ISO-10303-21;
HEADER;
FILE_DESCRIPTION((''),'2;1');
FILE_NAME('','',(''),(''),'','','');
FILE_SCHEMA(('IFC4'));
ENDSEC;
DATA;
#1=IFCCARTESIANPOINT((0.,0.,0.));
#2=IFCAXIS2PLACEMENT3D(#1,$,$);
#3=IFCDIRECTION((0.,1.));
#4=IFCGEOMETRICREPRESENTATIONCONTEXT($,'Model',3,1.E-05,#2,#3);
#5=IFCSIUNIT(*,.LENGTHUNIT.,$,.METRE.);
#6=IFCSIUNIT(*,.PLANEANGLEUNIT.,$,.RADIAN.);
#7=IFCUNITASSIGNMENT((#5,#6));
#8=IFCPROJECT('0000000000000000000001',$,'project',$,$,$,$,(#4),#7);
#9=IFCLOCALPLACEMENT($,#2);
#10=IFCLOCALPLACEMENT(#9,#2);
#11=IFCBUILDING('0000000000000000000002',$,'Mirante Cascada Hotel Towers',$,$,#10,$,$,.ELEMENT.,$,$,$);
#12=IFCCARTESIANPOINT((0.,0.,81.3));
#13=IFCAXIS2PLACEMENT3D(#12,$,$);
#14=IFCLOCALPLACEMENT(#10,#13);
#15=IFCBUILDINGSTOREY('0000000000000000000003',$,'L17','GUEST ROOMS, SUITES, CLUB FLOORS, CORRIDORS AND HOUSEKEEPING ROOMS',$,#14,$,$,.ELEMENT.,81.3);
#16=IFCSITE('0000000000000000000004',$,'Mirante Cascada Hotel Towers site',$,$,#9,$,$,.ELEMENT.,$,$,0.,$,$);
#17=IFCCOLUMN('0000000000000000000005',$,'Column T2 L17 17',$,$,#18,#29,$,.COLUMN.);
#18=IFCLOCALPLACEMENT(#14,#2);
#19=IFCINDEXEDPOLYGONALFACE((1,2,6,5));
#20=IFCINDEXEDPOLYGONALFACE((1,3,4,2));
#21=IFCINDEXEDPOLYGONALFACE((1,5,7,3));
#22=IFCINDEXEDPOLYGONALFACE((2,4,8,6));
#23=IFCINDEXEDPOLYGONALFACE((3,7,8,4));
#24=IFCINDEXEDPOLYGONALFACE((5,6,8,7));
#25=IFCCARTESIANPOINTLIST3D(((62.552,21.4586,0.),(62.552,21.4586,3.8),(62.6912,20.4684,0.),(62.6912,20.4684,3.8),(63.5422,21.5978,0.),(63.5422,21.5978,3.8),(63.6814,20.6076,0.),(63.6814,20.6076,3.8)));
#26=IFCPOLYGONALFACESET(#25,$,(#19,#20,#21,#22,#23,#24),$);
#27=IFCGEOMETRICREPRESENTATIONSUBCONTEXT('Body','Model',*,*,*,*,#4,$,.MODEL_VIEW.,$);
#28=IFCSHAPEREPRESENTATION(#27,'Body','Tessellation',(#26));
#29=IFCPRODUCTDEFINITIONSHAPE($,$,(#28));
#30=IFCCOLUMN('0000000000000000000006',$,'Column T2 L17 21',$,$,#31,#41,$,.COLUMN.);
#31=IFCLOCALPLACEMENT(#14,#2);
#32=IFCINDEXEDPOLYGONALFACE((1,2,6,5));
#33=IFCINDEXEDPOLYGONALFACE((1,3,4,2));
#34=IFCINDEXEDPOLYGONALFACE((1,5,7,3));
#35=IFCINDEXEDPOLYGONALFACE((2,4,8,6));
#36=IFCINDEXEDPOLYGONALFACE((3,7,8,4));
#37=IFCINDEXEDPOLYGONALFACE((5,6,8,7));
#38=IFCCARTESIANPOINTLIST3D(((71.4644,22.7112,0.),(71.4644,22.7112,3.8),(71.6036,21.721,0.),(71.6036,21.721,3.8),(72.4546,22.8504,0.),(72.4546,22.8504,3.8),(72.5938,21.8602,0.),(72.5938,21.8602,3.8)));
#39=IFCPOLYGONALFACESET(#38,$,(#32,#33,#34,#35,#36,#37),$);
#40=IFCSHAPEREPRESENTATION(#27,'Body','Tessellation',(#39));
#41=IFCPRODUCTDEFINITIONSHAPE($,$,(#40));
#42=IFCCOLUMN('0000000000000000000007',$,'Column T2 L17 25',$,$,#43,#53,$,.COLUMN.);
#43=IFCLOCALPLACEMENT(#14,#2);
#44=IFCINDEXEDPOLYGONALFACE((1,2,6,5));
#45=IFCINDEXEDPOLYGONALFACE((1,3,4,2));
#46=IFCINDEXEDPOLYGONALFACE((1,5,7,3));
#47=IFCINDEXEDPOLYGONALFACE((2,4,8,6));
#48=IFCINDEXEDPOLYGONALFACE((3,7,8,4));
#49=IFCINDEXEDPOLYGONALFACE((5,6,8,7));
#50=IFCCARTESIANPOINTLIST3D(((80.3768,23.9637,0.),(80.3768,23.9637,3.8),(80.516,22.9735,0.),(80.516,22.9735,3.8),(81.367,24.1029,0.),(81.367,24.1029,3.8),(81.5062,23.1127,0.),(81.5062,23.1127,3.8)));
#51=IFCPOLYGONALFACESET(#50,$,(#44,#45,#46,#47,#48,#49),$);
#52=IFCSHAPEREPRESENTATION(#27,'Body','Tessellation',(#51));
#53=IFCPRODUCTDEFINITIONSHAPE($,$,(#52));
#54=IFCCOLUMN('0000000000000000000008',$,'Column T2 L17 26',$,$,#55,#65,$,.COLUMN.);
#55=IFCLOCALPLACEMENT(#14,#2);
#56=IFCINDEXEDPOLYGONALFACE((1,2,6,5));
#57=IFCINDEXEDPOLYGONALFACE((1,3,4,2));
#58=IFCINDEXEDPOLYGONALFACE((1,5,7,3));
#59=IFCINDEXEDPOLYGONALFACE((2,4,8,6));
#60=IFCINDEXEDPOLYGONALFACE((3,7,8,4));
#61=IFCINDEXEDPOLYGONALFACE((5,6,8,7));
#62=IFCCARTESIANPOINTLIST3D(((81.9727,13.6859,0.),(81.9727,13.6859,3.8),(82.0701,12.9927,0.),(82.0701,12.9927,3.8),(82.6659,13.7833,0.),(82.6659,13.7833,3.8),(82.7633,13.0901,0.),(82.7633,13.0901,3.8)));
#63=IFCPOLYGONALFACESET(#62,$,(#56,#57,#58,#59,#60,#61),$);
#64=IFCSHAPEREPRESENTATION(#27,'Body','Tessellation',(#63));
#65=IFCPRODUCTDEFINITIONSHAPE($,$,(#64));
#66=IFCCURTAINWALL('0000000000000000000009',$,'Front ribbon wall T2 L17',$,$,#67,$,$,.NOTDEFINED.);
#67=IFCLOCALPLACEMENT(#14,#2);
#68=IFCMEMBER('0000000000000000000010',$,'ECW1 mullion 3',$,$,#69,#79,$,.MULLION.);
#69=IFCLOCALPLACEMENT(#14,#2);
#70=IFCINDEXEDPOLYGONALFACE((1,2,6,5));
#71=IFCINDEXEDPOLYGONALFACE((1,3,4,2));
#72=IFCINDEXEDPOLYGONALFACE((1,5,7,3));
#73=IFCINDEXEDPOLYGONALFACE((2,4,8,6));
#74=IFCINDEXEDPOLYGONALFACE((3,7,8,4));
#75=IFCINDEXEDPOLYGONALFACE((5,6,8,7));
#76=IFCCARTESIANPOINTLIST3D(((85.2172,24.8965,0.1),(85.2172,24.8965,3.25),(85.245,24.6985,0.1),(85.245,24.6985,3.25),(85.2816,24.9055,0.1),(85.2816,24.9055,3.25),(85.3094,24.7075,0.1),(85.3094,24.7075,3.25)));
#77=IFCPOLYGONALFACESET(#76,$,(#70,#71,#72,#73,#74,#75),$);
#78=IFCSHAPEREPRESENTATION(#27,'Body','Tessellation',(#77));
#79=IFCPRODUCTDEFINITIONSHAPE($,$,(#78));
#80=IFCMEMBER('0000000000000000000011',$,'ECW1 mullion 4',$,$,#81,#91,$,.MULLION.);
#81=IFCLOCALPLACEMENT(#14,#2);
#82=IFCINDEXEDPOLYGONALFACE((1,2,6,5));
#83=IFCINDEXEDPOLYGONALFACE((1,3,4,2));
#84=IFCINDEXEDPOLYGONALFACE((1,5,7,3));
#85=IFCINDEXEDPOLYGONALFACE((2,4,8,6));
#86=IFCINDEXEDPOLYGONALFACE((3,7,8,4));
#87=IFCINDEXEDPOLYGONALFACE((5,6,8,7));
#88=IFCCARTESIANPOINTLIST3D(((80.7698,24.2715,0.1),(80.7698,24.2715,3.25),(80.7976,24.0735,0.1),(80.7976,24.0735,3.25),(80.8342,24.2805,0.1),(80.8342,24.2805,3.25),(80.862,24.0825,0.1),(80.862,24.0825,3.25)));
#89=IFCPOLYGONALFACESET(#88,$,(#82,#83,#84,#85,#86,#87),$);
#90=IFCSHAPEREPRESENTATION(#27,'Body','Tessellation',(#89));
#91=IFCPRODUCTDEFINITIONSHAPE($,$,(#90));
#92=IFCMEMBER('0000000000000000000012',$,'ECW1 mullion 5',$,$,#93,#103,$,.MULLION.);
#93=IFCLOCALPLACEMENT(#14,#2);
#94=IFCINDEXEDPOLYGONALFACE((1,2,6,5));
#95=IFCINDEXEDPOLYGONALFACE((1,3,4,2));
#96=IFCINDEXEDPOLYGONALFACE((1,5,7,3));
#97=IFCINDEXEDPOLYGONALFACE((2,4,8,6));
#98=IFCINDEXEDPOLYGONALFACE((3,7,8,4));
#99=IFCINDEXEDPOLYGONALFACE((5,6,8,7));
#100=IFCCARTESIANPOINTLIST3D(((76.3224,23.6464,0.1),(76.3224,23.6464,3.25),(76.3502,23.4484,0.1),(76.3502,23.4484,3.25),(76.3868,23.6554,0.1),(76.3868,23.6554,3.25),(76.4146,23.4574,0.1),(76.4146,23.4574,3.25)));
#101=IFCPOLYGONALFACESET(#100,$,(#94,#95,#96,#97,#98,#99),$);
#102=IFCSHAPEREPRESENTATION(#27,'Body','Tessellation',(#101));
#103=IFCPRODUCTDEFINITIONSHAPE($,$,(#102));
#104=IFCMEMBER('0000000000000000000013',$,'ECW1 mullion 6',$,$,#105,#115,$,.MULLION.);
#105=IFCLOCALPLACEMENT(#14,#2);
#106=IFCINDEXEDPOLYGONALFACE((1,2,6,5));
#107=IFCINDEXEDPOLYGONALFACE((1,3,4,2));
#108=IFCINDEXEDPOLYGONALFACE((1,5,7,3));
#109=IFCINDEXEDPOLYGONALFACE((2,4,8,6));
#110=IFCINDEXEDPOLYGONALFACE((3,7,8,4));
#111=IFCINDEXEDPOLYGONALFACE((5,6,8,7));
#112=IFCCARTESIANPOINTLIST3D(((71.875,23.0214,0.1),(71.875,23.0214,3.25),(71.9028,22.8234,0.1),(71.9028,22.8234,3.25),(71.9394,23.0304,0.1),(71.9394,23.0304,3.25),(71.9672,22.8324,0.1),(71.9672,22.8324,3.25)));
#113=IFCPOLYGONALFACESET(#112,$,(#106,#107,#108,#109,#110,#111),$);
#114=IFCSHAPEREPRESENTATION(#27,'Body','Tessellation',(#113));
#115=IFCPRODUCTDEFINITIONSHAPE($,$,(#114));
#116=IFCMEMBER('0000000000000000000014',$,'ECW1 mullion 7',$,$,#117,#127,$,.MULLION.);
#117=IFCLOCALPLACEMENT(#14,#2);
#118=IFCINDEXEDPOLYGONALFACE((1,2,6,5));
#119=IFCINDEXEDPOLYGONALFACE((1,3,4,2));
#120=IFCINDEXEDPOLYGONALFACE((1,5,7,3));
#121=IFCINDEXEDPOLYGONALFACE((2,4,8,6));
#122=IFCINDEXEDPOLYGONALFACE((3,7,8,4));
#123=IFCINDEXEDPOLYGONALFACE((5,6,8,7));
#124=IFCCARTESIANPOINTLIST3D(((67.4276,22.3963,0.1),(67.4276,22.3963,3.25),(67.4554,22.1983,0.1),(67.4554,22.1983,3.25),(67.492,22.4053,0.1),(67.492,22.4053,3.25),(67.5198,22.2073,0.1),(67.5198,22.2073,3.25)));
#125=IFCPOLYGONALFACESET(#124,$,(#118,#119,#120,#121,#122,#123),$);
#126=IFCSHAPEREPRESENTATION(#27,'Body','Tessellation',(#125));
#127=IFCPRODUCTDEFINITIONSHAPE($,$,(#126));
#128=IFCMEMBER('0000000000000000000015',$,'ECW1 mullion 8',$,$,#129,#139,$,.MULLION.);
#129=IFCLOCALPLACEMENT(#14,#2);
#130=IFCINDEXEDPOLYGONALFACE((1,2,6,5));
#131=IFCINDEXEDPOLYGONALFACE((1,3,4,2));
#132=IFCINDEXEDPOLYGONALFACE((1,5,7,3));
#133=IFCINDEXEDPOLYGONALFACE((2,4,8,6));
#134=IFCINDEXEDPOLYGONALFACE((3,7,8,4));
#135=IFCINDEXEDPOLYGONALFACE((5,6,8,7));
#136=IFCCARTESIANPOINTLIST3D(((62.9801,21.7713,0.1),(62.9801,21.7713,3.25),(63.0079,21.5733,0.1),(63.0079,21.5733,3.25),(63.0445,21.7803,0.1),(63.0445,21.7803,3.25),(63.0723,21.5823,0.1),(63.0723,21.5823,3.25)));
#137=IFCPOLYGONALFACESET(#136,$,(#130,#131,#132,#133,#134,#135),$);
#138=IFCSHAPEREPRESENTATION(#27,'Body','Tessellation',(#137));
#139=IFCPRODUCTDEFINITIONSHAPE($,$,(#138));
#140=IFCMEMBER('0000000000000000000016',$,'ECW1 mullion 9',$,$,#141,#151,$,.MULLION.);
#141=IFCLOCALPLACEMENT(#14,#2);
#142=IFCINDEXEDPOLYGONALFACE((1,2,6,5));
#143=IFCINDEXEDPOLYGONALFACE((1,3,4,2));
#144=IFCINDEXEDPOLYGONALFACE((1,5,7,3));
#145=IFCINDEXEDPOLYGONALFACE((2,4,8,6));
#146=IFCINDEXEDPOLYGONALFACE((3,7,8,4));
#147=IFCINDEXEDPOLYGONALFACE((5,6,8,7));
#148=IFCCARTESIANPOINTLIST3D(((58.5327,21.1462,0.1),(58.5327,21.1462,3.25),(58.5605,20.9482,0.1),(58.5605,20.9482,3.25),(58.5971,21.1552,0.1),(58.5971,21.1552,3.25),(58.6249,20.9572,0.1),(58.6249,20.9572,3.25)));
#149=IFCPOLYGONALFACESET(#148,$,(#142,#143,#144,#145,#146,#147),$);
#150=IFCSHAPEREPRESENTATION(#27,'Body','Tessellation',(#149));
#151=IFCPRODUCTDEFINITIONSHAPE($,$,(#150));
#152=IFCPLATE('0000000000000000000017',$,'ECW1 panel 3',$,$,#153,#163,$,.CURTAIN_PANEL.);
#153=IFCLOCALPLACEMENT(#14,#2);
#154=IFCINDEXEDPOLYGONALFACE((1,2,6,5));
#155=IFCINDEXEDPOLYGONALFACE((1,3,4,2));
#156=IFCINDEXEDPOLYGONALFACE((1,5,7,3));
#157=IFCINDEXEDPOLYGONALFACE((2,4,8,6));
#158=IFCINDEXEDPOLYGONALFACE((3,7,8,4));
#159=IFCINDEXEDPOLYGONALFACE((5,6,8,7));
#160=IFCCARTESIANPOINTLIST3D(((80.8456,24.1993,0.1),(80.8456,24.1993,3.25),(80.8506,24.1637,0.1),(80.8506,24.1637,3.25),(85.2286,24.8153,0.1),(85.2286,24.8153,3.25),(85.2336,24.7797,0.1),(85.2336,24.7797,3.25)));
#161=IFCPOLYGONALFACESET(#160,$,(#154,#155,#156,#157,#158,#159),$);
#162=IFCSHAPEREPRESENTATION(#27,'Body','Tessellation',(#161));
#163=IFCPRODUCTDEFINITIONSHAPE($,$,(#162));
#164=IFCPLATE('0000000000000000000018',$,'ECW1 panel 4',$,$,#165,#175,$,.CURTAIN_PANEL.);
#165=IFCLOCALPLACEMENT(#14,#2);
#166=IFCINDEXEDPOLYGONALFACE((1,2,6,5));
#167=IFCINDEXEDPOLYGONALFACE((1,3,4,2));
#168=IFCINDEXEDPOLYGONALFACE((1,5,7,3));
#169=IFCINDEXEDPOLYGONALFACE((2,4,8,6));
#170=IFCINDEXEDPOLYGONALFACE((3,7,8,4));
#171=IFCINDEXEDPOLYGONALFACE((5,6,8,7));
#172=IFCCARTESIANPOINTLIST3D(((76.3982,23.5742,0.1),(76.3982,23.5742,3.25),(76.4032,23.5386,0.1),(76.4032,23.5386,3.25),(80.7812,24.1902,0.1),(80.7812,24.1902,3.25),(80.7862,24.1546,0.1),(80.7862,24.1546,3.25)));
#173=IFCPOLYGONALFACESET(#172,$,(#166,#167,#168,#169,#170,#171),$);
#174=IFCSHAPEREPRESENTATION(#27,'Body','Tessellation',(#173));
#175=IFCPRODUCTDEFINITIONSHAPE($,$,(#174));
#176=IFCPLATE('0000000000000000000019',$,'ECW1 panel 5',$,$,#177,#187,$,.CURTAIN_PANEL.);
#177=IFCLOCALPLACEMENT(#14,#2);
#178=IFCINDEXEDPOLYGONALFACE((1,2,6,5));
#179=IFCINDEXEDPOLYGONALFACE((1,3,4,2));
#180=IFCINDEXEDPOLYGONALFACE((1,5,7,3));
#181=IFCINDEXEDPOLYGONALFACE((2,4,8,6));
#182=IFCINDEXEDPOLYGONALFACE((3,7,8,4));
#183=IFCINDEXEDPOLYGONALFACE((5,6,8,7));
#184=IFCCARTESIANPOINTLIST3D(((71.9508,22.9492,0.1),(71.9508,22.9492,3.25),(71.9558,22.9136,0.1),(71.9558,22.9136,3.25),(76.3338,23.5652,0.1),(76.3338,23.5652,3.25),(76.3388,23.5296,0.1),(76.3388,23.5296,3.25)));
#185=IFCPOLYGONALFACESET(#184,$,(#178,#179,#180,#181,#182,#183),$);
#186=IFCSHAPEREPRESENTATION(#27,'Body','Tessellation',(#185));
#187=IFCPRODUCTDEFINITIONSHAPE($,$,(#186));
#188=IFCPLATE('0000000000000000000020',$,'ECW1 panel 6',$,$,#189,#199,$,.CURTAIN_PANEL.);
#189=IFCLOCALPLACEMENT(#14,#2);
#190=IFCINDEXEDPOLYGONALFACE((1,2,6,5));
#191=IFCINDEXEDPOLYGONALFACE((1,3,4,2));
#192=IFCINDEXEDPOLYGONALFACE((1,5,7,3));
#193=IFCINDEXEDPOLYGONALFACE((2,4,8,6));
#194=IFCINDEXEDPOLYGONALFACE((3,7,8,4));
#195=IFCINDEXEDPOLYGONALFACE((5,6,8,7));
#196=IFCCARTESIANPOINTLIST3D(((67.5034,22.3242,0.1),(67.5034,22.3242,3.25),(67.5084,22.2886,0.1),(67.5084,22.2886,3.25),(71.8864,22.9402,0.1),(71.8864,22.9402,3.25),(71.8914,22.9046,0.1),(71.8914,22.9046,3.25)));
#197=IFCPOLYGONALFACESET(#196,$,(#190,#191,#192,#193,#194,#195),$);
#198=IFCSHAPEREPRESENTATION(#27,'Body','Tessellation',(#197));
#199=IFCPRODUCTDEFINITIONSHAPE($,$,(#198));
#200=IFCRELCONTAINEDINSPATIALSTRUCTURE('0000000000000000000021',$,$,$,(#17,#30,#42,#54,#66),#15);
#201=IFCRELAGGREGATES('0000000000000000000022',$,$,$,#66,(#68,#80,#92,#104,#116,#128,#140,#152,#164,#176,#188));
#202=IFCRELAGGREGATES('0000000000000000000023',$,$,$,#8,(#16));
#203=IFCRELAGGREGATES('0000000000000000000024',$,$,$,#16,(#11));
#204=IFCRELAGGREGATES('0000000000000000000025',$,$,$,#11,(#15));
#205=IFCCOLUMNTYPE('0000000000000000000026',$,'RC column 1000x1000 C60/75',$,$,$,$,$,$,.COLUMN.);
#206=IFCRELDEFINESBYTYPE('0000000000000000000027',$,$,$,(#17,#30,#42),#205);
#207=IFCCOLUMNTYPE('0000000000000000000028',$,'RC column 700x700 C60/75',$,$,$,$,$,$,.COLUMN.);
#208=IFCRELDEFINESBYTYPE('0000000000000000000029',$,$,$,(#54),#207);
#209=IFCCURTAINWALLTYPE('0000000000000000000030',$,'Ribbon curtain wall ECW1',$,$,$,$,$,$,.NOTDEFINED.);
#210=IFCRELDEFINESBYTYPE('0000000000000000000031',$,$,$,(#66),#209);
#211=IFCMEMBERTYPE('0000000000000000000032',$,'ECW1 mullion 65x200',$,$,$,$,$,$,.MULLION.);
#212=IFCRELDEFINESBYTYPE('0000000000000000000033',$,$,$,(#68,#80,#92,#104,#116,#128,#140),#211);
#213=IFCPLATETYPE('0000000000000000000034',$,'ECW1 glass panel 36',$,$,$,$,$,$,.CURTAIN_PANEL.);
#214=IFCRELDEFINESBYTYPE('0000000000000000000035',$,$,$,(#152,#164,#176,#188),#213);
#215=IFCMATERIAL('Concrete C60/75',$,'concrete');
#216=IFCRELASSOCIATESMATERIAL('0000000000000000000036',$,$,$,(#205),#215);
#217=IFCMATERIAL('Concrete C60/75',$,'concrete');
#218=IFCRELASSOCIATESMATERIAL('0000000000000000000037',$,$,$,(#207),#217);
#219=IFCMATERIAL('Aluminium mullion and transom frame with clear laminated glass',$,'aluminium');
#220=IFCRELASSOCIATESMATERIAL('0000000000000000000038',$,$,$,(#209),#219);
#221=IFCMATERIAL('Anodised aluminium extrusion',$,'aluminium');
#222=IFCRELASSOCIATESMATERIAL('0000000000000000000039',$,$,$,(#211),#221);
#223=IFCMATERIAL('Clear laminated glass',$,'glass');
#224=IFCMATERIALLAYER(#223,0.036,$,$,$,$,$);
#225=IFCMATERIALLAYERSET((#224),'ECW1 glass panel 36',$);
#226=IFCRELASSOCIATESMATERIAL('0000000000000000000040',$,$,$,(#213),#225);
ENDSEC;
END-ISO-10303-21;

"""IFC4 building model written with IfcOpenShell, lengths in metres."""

from ifc_helpers import new_model, si_unit, direction, frame, origin, origin_2d, place, context, subcontext, project, spatial, rectangle, extrude, material, layer, layer_set, material_profile, profile_set, type_object, element, aggregate, save


model = new_model("IFC4")

# Units and contexts
model_context = context("Model", 3, precision=1e-05, world=origin(), true_north=direction((0.0, 1.0)))
body_context = subcontext(model_context, "Body", "Model", "MODEL_VIEW")
ifc_project = project(units=[si_unit("LENGTHUNIT", "METRE"), si_unit("PLANEANGLEUNIT", "RADIAN")], contexts=[model_context])

# Site, building, storey
site_placement = place(None, origin())
site = spatial("IfcSite", under=ifc_project, at=site_placement, Name="Mirante Cascada Hotel Towers site", CompositionType="ELEMENT", RefElevation=0.0)
building_placement = place(site_placement, origin())
building = spatial("IfcBuilding", under=site, at=building_placement, Name="Mirante Cascada Hotel Towers", CompositionType="ELEMENT")
storey_placement = place(building_placement, frame((0.0, 0.0, 81.3)))
storey = spatial("IfcBuildingStorey", under=building, at=storey_placement, Name="L17", Description="GUEST ROOMS, SUITES, CLUB FLOORS, CORRIDORS AND HOUSEKEEPING ROOMS", CompositionType="ELEMENT", Elevation=81.3)

# Columns
ifc_material_1 = material(Name="Concrete C60/75", Category="concrete")
ifc_material_profile_1 = material_profile(ifc_material_1, rectangle(XDim=1.0, YDim=1.0, at=origin_2d()), Name="RC column 1000x1000 C60/75")
ifc_profile_set_1 = profile_set([ifc_material_profile_1], Name="Concrete C60/75")
column_type_1 = type_object("IfcColumnType", Name="RC column 1000x1000 C60/75", PredefinedType="COLUMN", material=ifc_profile_set_1)
for number, where, z_axis, x_axis, name in (
    (1, (63.1167, 21.0331, 0.0), (0.0, 0.0, 1.0), (0.990268, 0.139173, 0.0), "Column T2 L17 17"),
    (2, (72.0291, 22.2857, 0.0), (0.0, 0.0, 1.0), (0.990268, 0.139173, 0.0), "Column T2 L17 21"),
    (3, (80.9415, 23.5382, 0.0), (0.0, 0.0, 1.0), (0.990268, 0.139173, 0.0), "Column T2 L17 25"),
):
    element("IfcColumn", number, at=place(storey_placement, frame(where, z_axis=z_axis, x_axis=x_axis)), inside=storey, type_object=column_type_1, Name=name, PredefinedType="COLUMN", context=body_context, shape_type="SweptSolid", body=[
        extrude(rectangle(XDim=1.0, YDim=1.0, at=origin_2d()), origin(), (0.0, 0.0, 1.0), 3.8),
    ])
ifc_material_2 = material(Name="Concrete C60/75", Category="concrete")
ifc_material_profile_2 = material_profile(ifc_material_2, rectangle(XDim=0.7, YDim=0.7, at=origin_2d()), Name="RC column 700x700 C60/75")
ifc_profile_set_2 = profile_set([ifc_material_profile_2], Name="Concrete C60/75")
column_type_2 = type_object("IfcColumnType", Name="RC column 700x700 C60/75", PredefinedType="COLUMN", material=ifc_profile_set_2)
column_placement = place(storey_placement, frame((82.368, 13.388, 0.0), z_axis=(0.0, 0.0, 1.0), x_axis=(0.990268, 0.139173, 0.0)))
element("IfcColumn", 4, at=column_placement, inside=storey, type_object=column_type_2, Name="Column T2 L17 26", PredefinedType="COLUMN", context=body_context, shape_type="SweptSolid", body=[
    extrude(rectangle(XDim=0.7, YDim=0.7, at=origin_2d()), origin(), (0.0, 0.0, 1.0), 3.8),
])

# Curtain wall, members, plates
ifc_material_3 = material(Name="Aluminium mullion and transom frame with clear laminated glass", Category="aluminium")
curtain_wall_type = type_object("IfcCurtainWallType", Name="Ribbon curtain wall ECW1", PredefinedType="NOTDEFINED", material=ifc_material_3)
curtain_wall_placement = place(storey_placement, origin())
curtain_wall = element("IfcCurtainWall", 5, at=curtain_wall_placement, inside=storey, type_object=curtain_wall_type, Name="Front ribbon wall T2 L17", PredefinedType="NOTDEFINED")
ifc_material_4 = material(Name="Anodised aluminium extrusion", Category="aluminium")
ifc_material_profile_3 = material_profile(ifc_material_4, rectangle(XDim=0.2, YDim=0.065, at=origin_2d()), Name="ECW1 MULLION 65x200")
ifc_profile_set_3 = profile_set([ifc_material_profile_3], Name="Anodised aluminium extrusion")
member_type = type_object("IfcMemberType", Name="ECW1 mullion 65x200", PredefinedType="MULLION", material=ifc_profile_set_3)
member_1_placement = place(storey_placement, frame((85.2633, 24.802, 0.1), z_axis=(0.0, 0.0, 1.0), x_axis=(0.139173, -0.990268, 0.0)))
member_1 = element("IfcMember", 6, at=member_1_placement, type_object=member_type, Name="ECW1 mullion 3", PredefinedType="MULLION", context=body_context, shape_type="SweptSolid", body=[
    extrude(rectangle(XDim=0.2, YDim=0.065, at=origin_2d()), origin(), (0.0, 0.0, 1.0), 3.15),
])
member_2_placement = place(storey_placement, frame((80.8159, 24.177, 0.1), z_axis=(0.0, 0.0, 1.0), x_axis=(0.139173, -0.990268, 0.0)))
member_2 = element("IfcMember", 7, at=member_2_placement, type_object=member_type, Name="ECW1 mullion 4", PredefinedType="MULLION", context=body_context, shape_type="SweptSolid", body=[
    extrude(rectangle(XDim=0.2, YDim=0.065, at=origin_2d()), origin(), (0.0, 0.0, 1.0), 3.15),
])
member_3_placement = place(storey_placement, frame((76.3685, 23.5519, 0.1), z_axis=(0.0, 0.0, 1.0), x_axis=(0.139173, -0.990268, 0.0)))
member_3 = element("IfcMember", 8, at=member_3_placement, type_object=member_type, Name="ECW1 mullion 5", PredefinedType="MULLION", context=body_context, shape_type="SweptSolid", body=[
    extrude(rectangle(XDim=0.2, YDim=0.065, at=origin_2d()), origin(), (0.0, 0.0, 1.0), 3.15),
])
member_4_placement = place(storey_placement, frame((71.9211, 22.9269, 0.1), z_axis=(0.0, 0.0, 1.0), x_axis=(0.139173, -0.990268, 0.0)))
member_4 = element("IfcMember", 9, at=member_4_placement, type_object=member_type, Name="ECW1 mullion 6", PredefinedType="MULLION", context=body_context, shape_type="SweptSolid", body=[
    extrude(rectangle(XDim=0.2, YDim=0.065, at=origin_2d()), origin(), (0.0, 0.0, 1.0), 3.15),
])
member_5_placement = place(storey_placement, frame((67.4737, 22.3018, 0.1), z_axis=(0.0, 0.0, 1.0), x_axis=(0.139173, -0.990268, 0.0)))
member_5 = element("IfcMember", 10, at=member_5_placement, type_object=member_type, Name="ECW1 mullion 7", PredefinedType="MULLION", context=body_context, shape_type="SweptSolid", body=[
    extrude(rectangle(XDim=0.2, YDim=0.065, at=origin_2d()), origin(), (0.0, 0.0, 1.0), 3.15),
])
member_6_placement = place(storey_placement, frame((63.0262, 21.6768, 0.1), z_axis=(0.0, 0.0, 1.0), x_axis=(0.139173, -0.990268, 0.0)))
member_6 = element("IfcMember", 11, at=member_6_placement, type_object=member_type, Name="ECW1 mullion 8", PredefinedType="MULLION", context=body_context, shape_type="SweptSolid", body=[
    extrude(rectangle(XDim=0.2, YDim=0.065, at=origin_2d()), origin(), (0.0, 0.0, 1.0), 3.15),
])
member_7_placement = place(storey_placement, frame((58.5788, 21.0517, 0.1), z_axis=(0.0, 0.0, 1.0), x_axis=(0.139173, -0.990268, 0.0)))
member_7 = element("IfcMember", 12, at=member_7_placement, type_object=member_type, Name="ECW1 mullion 9", PredefinedType="MULLION", context=body_context, shape_type="SweptSolid", body=[
    extrude(rectangle(XDim=0.2, YDim=0.065, at=origin_2d()), origin(), (0.0, 0.0, 1.0), 3.15),
])
ifc_material_5 = material(Name="Clear laminated glass", Category="glass")
ifc_layer_1 = layer(ifc_material_5, 0.036)
ifc_layer_set_1 = layer_set([ifc_layer_1], Name="ECW1 glass panel 36")
plate_type = type_object("IfcPlateType", Name="ECW1 glass panel 36", PredefinedType="CURTAIN_PANEL", material=ifc_layer_set_1)
plate_1_placement = place(storey_placement, frame((83.0396, 24.4895, 0.1), z_axis=(0.0, 0.0, 1.0), x_axis=(-0.990268, -0.139173, 0.0)))
plate_1 = element("IfcPlate", 13, at=plate_1_placement, type_object=plate_type, Name="ECW1 panel 3", PredefinedType="CURTAIN_PANEL", context=body_context, shape_type="SweptSolid", body=[
    extrude(rectangle(XDim=4.4261, YDim=0.036, at=origin_2d()), origin(), (0.0, 0.0, 1.0), 3.15),
])
plate_2_placement = place(storey_placement, frame((78.5922, 23.8644, 0.1), z_axis=(0.0, 0.0, 1.0), x_axis=(-0.990268, -0.139173, 0.0)))
plate_2 = element("IfcPlate", 14, at=plate_2_placement, type_object=plate_type, Name="ECW1 panel 4", PredefinedType="CURTAIN_PANEL", context=body_context, shape_type="SweptSolid", body=[
    extrude(rectangle(XDim=4.4261, YDim=0.036, at=origin_2d()), origin(), (0.0, 0.0, 1.0), 3.15),
])
plate_3_placement = place(storey_placement, frame((74.1448, 23.2394, 0.1), z_axis=(0.0, 0.0, 1.0), x_axis=(-0.990268, -0.139173, 0.0)))
plate_3 = element("IfcPlate", 15, at=plate_3_placement, type_object=plate_type, Name="ECW1 panel 5", PredefinedType="CURTAIN_PANEL", context=body_context, shape_type="SweptSolid", body=[
    extrude(rectangle(XDim=4.4261, YDim=0.036, at=origin_2d()), origin(), (0.0, 0.0, 1.0), 3.15),
])
plate_4_placement = place(storey_placement, frame((69.6974, 22.6144, 0.1), z_axis=(0.0, 0.0, 1.0), x_axis=(-0.990268, -0.139173, 0.0)))
plate_4 = element("IfcPlate", 16, at=plate_4_placement, type_object=plate_type, Name="ECW1 panel 6", PredefinedType="CURTAIN_PANEL", context=body_context, shape_type="SweptSolid", body=[
    extrude(rectangle(XDim=4.4261, YDim=0.036, at=origin_2d()), origin(), (0.0, 0.0, 1.0), 3.15),
])
aggregate(curtain_wall, [member_1, member_2, member_3, member_4, member_5, member_6, member_7, plate_1, plate_2, plate_3, plate_4])

save(model, "model.ifc")
